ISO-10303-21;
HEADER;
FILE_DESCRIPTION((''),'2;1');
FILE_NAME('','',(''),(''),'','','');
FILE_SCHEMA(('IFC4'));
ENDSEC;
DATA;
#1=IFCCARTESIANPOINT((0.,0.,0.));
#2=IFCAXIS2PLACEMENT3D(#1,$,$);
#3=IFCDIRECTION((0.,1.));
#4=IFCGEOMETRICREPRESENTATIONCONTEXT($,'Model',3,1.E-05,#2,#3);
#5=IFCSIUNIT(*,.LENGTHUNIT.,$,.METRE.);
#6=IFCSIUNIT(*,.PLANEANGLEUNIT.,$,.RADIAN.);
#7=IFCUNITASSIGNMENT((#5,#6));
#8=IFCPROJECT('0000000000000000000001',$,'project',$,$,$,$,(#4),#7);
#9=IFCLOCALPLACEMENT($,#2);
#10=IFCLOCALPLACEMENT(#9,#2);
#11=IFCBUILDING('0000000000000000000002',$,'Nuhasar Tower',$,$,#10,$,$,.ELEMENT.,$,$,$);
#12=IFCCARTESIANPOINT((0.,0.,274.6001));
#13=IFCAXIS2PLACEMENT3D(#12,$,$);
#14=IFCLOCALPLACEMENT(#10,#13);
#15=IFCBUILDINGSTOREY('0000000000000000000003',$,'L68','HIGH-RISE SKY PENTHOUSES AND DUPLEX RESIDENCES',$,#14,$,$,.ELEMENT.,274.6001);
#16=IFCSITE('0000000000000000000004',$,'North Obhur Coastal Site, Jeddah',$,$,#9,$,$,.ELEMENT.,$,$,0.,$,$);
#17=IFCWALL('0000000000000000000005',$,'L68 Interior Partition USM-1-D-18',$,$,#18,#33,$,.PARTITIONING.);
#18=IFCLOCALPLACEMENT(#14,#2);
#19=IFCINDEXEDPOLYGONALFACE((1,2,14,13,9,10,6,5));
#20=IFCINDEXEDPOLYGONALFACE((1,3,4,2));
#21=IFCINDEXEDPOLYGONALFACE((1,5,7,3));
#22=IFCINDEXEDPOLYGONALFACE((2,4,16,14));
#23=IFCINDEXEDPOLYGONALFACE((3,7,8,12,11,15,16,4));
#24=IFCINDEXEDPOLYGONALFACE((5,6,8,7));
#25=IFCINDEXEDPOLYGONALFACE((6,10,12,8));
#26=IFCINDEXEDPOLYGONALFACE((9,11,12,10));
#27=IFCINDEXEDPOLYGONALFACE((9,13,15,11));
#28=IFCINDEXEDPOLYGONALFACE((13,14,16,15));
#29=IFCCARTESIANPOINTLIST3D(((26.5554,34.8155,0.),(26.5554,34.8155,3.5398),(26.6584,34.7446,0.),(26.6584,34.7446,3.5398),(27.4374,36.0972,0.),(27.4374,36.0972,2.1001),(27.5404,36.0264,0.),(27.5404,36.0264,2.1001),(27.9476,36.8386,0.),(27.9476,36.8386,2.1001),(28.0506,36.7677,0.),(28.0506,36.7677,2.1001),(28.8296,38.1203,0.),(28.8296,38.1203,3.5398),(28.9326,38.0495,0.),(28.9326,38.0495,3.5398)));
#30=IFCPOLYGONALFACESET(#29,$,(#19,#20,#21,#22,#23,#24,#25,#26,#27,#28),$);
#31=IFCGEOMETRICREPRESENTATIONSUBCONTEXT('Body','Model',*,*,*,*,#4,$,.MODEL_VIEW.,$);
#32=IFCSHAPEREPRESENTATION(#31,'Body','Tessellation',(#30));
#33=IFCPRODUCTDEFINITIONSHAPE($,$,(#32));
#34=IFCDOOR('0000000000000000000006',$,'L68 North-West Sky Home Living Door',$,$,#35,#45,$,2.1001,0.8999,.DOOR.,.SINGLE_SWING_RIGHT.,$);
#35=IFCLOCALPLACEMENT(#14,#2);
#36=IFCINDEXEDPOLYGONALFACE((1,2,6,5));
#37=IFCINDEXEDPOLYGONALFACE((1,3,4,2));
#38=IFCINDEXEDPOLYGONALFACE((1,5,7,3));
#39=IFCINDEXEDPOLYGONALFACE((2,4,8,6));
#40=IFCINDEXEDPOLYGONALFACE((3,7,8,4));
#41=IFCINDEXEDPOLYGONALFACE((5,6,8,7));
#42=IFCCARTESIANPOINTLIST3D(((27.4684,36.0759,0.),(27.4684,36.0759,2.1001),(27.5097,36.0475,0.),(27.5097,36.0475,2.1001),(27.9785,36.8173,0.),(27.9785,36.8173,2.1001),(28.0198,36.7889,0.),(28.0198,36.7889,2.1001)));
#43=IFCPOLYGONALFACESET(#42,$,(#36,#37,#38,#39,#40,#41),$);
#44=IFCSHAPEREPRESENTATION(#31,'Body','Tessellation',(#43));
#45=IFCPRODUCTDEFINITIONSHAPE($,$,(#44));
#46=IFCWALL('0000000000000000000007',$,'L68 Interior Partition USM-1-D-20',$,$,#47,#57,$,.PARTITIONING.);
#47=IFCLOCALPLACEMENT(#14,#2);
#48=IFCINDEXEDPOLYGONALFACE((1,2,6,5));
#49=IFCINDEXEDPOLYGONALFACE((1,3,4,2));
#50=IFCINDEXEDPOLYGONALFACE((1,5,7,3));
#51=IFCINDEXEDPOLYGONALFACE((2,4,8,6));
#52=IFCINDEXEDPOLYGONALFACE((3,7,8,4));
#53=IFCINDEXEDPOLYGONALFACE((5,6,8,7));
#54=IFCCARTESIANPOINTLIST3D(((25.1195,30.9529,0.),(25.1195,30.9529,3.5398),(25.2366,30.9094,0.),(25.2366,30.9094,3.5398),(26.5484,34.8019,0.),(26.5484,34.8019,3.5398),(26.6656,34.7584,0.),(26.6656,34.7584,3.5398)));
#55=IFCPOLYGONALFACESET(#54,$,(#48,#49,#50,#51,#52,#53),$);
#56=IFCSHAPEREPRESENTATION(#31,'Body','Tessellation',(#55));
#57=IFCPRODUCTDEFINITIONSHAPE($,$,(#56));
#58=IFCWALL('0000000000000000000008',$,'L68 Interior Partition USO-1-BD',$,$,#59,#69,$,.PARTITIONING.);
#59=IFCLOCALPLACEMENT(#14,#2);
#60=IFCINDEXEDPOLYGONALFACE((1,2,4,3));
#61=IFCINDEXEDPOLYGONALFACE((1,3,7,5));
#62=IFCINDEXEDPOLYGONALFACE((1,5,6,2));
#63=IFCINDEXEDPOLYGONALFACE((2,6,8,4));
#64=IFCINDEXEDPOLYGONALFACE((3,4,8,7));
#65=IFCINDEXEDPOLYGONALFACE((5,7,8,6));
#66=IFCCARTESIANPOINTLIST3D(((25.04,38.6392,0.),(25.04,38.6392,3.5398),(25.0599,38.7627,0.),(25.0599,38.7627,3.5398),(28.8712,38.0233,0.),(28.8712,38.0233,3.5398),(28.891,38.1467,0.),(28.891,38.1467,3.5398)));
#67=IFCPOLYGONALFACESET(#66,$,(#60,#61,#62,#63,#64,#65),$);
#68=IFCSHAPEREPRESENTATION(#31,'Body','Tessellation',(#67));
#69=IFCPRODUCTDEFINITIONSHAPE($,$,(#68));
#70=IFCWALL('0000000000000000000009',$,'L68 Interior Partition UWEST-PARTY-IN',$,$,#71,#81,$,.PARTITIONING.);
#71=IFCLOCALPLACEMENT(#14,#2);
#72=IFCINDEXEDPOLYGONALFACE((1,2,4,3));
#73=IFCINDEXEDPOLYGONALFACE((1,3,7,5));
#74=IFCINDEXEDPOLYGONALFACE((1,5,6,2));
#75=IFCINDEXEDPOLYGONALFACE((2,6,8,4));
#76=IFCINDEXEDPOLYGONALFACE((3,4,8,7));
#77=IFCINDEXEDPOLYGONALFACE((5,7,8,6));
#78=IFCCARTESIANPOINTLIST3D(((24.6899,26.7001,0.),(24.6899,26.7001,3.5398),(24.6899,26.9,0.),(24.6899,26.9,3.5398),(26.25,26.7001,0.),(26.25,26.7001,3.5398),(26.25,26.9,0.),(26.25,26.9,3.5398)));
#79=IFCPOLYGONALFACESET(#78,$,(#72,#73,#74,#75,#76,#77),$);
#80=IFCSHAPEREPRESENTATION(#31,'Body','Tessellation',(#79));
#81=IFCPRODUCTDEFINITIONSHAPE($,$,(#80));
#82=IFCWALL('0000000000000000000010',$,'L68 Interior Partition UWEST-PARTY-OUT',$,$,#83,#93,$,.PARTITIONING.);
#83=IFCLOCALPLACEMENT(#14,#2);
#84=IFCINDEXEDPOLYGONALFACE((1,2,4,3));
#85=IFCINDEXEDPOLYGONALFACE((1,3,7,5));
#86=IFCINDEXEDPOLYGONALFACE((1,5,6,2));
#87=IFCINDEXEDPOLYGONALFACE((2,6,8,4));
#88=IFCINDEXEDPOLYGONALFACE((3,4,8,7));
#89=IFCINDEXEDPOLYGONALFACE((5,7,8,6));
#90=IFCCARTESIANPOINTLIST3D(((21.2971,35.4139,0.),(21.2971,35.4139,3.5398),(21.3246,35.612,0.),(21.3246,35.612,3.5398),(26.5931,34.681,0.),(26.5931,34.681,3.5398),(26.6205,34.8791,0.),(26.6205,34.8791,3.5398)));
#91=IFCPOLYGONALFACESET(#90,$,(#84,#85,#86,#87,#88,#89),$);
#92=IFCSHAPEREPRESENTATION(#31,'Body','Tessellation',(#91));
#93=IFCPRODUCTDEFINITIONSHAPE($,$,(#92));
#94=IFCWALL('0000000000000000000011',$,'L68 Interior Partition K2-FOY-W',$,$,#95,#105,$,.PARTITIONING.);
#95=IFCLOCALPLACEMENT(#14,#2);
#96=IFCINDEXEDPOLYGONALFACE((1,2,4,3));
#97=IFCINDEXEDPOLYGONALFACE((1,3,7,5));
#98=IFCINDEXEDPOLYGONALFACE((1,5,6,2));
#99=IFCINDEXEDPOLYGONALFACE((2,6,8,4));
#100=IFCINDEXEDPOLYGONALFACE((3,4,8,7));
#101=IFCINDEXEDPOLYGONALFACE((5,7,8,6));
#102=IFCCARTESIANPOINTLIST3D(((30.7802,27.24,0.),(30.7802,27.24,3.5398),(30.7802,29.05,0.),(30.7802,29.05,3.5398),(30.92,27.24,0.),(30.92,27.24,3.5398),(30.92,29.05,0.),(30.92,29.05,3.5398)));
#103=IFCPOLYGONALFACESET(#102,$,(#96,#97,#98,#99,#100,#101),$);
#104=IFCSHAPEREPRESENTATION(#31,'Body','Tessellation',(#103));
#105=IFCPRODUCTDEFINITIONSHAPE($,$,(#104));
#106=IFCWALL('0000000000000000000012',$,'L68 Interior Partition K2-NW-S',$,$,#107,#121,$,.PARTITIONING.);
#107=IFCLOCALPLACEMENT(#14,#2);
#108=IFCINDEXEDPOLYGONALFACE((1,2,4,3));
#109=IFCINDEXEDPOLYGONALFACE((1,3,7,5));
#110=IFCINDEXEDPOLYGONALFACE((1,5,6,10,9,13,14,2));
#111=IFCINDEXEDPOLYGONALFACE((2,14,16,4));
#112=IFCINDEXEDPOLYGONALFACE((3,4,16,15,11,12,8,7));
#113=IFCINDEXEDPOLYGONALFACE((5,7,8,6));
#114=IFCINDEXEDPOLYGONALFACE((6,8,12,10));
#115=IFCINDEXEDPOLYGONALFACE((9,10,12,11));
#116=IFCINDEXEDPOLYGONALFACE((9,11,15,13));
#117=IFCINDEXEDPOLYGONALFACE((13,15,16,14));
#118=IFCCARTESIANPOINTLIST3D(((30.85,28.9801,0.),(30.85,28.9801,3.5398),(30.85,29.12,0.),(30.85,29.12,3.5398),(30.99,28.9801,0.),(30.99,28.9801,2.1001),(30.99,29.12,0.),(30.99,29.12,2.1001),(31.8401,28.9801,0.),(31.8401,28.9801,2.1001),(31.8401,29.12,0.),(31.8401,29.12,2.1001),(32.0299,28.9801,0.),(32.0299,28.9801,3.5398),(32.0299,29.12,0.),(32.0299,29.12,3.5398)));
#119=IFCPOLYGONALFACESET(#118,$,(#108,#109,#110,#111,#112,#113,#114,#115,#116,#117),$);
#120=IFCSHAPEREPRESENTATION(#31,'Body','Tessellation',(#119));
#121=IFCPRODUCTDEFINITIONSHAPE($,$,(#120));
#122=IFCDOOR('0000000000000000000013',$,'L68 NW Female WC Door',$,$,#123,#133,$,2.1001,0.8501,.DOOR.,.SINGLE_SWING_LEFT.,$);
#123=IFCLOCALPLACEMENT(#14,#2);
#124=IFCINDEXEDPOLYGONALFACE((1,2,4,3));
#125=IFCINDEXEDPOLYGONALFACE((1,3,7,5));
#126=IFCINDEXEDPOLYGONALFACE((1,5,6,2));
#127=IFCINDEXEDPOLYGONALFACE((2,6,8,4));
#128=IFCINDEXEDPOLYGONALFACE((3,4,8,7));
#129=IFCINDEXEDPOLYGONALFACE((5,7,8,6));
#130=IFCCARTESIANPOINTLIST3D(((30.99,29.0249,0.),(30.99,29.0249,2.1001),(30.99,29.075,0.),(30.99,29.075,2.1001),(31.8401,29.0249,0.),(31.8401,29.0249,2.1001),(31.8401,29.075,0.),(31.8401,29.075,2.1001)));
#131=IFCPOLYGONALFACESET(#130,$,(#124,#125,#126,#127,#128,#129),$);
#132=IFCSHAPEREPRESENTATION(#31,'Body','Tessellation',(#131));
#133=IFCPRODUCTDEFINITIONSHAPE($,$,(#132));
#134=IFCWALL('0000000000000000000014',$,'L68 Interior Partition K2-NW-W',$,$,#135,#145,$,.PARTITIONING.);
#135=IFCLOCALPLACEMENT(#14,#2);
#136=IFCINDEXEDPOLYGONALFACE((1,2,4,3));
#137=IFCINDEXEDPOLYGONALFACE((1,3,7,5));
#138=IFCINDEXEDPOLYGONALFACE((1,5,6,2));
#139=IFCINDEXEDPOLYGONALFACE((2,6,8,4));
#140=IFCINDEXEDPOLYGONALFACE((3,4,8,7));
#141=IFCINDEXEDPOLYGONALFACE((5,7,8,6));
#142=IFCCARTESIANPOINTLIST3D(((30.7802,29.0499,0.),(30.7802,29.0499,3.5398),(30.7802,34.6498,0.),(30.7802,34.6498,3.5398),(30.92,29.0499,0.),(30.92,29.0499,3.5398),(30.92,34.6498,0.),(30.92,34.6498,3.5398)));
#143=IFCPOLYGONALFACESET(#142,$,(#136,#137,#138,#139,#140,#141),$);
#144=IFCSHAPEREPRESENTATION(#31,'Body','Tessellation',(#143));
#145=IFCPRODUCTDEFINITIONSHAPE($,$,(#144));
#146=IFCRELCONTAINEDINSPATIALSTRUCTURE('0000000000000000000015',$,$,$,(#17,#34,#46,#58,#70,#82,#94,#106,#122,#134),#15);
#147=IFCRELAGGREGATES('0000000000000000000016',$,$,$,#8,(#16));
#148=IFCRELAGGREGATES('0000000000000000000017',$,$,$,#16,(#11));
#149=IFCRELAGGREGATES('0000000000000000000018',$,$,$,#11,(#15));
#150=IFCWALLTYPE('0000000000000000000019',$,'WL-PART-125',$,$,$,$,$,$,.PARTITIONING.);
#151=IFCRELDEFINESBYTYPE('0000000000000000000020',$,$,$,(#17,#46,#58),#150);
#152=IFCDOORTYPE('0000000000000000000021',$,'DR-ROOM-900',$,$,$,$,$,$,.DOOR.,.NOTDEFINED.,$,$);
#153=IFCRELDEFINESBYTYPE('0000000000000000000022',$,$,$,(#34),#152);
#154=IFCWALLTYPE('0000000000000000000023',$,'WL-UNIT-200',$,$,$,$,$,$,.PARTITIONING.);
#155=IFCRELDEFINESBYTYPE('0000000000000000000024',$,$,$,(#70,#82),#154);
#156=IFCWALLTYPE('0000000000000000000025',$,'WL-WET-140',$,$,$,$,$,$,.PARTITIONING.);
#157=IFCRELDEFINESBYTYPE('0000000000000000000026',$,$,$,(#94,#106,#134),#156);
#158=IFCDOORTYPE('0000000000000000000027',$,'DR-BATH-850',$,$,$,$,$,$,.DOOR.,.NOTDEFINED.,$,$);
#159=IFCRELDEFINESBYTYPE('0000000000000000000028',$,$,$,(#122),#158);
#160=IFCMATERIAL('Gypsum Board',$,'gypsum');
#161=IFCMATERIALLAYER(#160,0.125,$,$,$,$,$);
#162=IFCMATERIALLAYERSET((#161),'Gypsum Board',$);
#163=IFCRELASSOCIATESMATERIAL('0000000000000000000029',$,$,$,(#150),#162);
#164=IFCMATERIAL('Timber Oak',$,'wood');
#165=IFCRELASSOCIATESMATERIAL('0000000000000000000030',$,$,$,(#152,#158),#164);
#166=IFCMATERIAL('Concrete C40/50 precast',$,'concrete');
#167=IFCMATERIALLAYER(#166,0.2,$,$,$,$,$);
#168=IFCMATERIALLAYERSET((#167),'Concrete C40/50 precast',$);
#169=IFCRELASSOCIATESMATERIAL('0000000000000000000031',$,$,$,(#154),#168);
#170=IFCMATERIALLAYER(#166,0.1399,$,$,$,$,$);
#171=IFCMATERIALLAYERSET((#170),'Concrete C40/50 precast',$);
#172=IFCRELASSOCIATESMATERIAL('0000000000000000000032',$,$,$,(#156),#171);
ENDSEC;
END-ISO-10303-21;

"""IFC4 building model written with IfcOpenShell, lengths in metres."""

from ifc_helpers import new_model, si_unit, direction, frame, frame_2d, origin, place, context, subcontext, project, spatial, rectangle, extrude, material, layer, layer_set, type_object, element, fill, save


model = new_model("IFC4")

# Units and contexts
model_context = context("Model", 3, precision=1e-05, world=origin(), true_north=direction((0.0, 1.0)))
body_context = subcontext(model_context, "Body", "Model", "MODEL_VIEW")
ifc_project = project(units=[si_unit("LENGTHUNIT", "METRE"), si_unit("PLANEANGLEUNIT", "RADIAN")], contexts=[model_context])

# Site, building, storey
site_placement = place(None, origin())
site = spatial("IfcSite", under=ifc_project, at=site_placement, Name="North Obhur Coastal Site, Jeddah", CompositionType="ELEMENT", RefElevation=0.0)
building_placement = place(site_placement, origin())
building = spatial("IfcBuilding", under=site, at=building_placement, Name="Nuhasar Tower", CompositionType="ELEMENT")
storey_placement = place(building_placement, frame((0.0, 0.0, 274.6001)))
storey = spatial("IfcBuildingStorey", under=building, at=storey_placement, Name="L68", Description="HIGH-RISE SKY PENTHOUSES AND DUPLEX RESIDENCES", CompositionType="ELEMENT", Elevation=274.6001)

# Shared definitions
ifc_material_1 = material(Name="Gypsum Board", Category="gypsum")
ifc_material_2 = material(Name="Timber Oak", Category="wood")

# Wall, opening, door
ifc_layer_1 = layer(ifc_material_1, 0.125)
ifc_layer_set_1 = layer_set([ifc_layer_1], Name="Gypsum Board")
wall_type_1 = type_object("IfcWallType", Name="WL-PART-125", PredefinedType="PARTITIONING", material=ifc_layer_set_1)
door_type_1 = type_object("IfcDoorType", Name="DR-ROOM-900", OperationType="NOTDEFINED", PredefinedType="DOOR", material=ifc_material_2)
wall_1_placement = place(storey_placement, frame((26.6069, 34.78, 0.0), z_axis=(0.0, 0.0, 1.0), x_axis=(0.566872, 0.823806, 0.0)))
wall_1 = element("IfcWall", 1, at=wall_1_placement, inside=storey, type_object=wall_type_1, Name="L68 Interior Partition USM-1-D-18", PredefinedType="PARTITIONING", context=body_context, shape_type="SweptSolid", body=[
    extrude(rectangle(XDim=4.0117, YDim=0.125, at=frame_2d((2.0059, 0.0))), origin(), (0.0, 0.0, 1.0), 3.5398),
])
opening_1_placement = place(wall_1_placement, frame((1.5559, 0.0, 0.0)))
opening_1 = element("IfcOpeningElement", 2, at=opening_1_placement, cuts=wall_1, PredefinedType="OPENING", context=body_context, shape_type="SweptSolid", body=[
    extrude(rectangle(XDim=0.8999, YDim=2.1001, at=frame_2d((0.45, 1.05))), frame((0.0, 0.0725, 0.0), z_axis=(0.0, -1.0, 0.0), x_axis=(1.0, 0.0, 0.0)), (0.0, 0.0, 1.0), 0.145),
])
door_1_placement = place(opening_1_placement, origin())
door_1 = element("IfcDoor", 3, at=door_1_placement, inside=storey, type_object=door_type_1, Name="L68 North-West Sky Home Living Door", OperationType="SINGLE_SWING_RIGHT", OverallHeight=2.1001, OverallWidth=0.8999, PredefinedType="DOOR", context=body_context, shape_type="SweptSolid", body=[
    extrude(rectangle(XDim=0.8999, YDim=2.1001, at=frame_2d((0.45, 1.05))), frame((0.0, 0.0249, 0.0), z_axis=(0.0, -1.0, 0.0), x_axis=(1.0, 0.0, 0.0)), (0.0, 0.0, 1.0), 0.05),
])
fill(opening_1, door_1)

# Walls
wall_2_placement = place(storey_placement, frame((26.6069, 34.78, 0.0), z_axis=(0.0, 0.0, 1.0), x_axis=(-0.348033, -0.937482, 0.0)))
element("IfcWall", 4, at=wall_2_placement, inside=storey, type_object=wall_type_1, Name="L68 Interior Partition USM-1-D-20", PredefinedType="PARTITIONING", context=body_context, shape_type="SweptSolid", body=[
    extrude(rectangle(XDim=4.1057, YDim=0.125, at=frame_2d((2.0527, 0.0))), origin(), (0.0, 0.0, 1.0), 3.5398),
])
wall_3_placement = place(storey_placement, frame((28.8811, 38.085, 0.0), z_axis=(0.0, 0.0, 1.0), x_axis=(-0.98732, 0.158744, 0.0)))
element("IfcWall", 5, at=wall_3_placement, inside=storey, type_object=wall_type_1, Name="L68 Interior Partition USO-1-BD", PredefinedType="PARTITIONING", context=body_context, shape_type="SweptSolid", body=[
    extrude(rectangle(XDim=3.8804, YDim=0.125, at=frame_2d((1.9402, 0.0))), origin(), (0.0, 0.0, 1.0), 3.5398),
])
ifc_material_3 = material(Name="Concrete C40/50 precast", Category="concrete")
ifc_layer_2 = layer(ifc_material_3, 0.2)
ifc_layer_set_2 = layer_set([ifc_layer_2], Name="Concrete C40/50 precast")
wall_type_2 = type_object("IfcWallType", Name="WL-UNIT-200", PredefinedType="PARTITIONING", material=ifc_layer_set_2)
wall_4_placement = place(storey_placement, frame((26.25, 26.8, 0.0), z_axis=(0.0, 0.0, 1.0), x_axis=(-1.0, 0.0, 0.0)))
element("IfcWall", 6, at=wall_4_placement, inside=storey, type_object=wall_type_2, Name="L68 Interior Partition UWEST-PARTY-IN", PredefinedType="PARTITIONING", context=body_context, shape_type="SweptSolid", body=[
    extrude(rectangle(XDim=1.5601, YDim=0.2, at=frame_2d((0.78, 0.0))), origin(), (0.0, 0.0, 1.0), 3.5398),
])
wall_5_placement = place(storey_placement, frame((26.6069, 34.78, 0.0), z_axis=(0.0, 0.0, 1.0), x_axis=(-0.990559, 0.137086, 0.0)))
element("IfcWall", 7, at=wall_5_placement, inside=storey, type_object=wall_type_2, Name="L68 Interior Partition UWEST-PARTY-OUT", PredefinedType="PARTITIONING", context=body_context, shape_type="SweptSolid", body=[
    extrude(rectangle(XDim=5.3464, YDim=0.2, at=frame_2d((2.6733, 0.0))), origin(), (0.0, 0.0, 1.0), 3.5398),
])
ifc_layer_3 = layer(ifc_material_3, 0.1399)
ifc_layer_set_3 = layer_set([ifc_layer_3], Name="Concrete C40/50 precast")
wall_type_3 = type_object("IfcWallType", Name="WL-WET-140", PredefinedType="PARTITIONING", material=ifc_layer_set_3)
wall_6_placement = place(storey_placement, frame((30.8501, 27.24, 0.0), z_axis=(0.0, 0.0, 1.0), x_axis=(0.0, 1.0, 0.0)))
element("IfcWall", 8, at=wall_6_placement, inside=storey, type_object=wall_type_3, Name="L68 Interior Partition K2-FOY-W", PredefinedType="PARTITIONING", context=body_context, shape_type="SweptSolid", body=[
    extrude(rectangle(XDim=1.8101, YDim=0.1399, at=frame_2d((0.905, 0.0))), origin(), (0.0, 0.0, 1.0), 3.5398),
])

# Wall, opening, door
wall_7_placement = place(storey_placement, frame((30.8501, 29.05, 0.0), z_axis=(0.0, 0.0, 1.0), x_axis=(1.0, 0.0, 0.0)))
wall_7 = element("IfcWall", 9, at=wall_7_placement, inside=storey, type_object=wall_type_3, Name="L68 Interior Partition K2-NW-S", PredefinedType="PARTITIONING", context=body_context, shape_type="SweptSolid", body=[
    extrude(rectangle(XDim=1.1799, YDim=0.1399, at=frame_2d((0.5898, 0.0))), origin(), (0.0, 0.0, 1.0), 3.5398),
])
opening_2_placement = place(wall_7_placement, frame((0.1399, 0.0, 0.0)))
opening_2 = element("IfcOpeningElement", 10, at=opening_2_placement, cuts=wall_7, PredefinedType="OPENING", context=body_context, shape_type="SweptSolid", body=[
    extrude(rectangle(XDim=0.8501, YDim=2.1001, at=frame_2d((0.425, 1.05))), frame((0.0, 0.0801, 0.0), z_axis=(0.0, -1.0, 0.0), x_axis=(1.0, 0.0, 0.0)), (0.0, 0.0, 1.0), 0.1599),
])
door_type_2 = type_object("IfcDoorType", Name="DR-BATH-850", OperationType="NOTDEFINED", PredefinedType="DOOR", material=ifc_material_2)
door_2_placement = place(opening_2_placement, origin())
door_2 = element("IfcDoor", 11, at=door_2_placement, inside=storey, type_object=door_type_2, Name="L68 NW Female WC Door", OperationType="SINGLE_SWING_LEFT", OverallHeight=2.1001, OverallWidth=0.8501, PredefinedType="DOOR", context=body_context, shape_type="SweptSolid", body=[
    extrude(rectangle(XDim=0.8501, YDim=2.1001, at=frame_2d((0.425, 1.05))), frame((0.0, 0.0249, 0.0), z_axis=(0.0, -1.0, 0.0), x_axis=(1.0, 0.0, 0.0)), (0.0, 0.0, 1.0), 0.05),
])
fill(opening_2, door_2)

# Wall
wall_8_placement = place(storey_placement, frame((30.8501, 29.05, 0.0), z_axis=(0.0, 0.0, 1.0), x_axis=(0.0, 1.0, 0.0)))
element("IfcWall", 12, at=wall_8_placement, inside=storey, type_object=wall_type_3, Name="L68 Interior Partition K2-NW-W", PredefinedType="PARTITIONING", context=body_context, shape_type="SweptSolid", body=[
    extrude(rectangle(XDim=5.5999, YDim=0.1399, at=frame_2d((2.7998, 0.0))), origin(), (0.0, 0.0, 1.0), 3.5398),
])

save(model, "model.ifc")
